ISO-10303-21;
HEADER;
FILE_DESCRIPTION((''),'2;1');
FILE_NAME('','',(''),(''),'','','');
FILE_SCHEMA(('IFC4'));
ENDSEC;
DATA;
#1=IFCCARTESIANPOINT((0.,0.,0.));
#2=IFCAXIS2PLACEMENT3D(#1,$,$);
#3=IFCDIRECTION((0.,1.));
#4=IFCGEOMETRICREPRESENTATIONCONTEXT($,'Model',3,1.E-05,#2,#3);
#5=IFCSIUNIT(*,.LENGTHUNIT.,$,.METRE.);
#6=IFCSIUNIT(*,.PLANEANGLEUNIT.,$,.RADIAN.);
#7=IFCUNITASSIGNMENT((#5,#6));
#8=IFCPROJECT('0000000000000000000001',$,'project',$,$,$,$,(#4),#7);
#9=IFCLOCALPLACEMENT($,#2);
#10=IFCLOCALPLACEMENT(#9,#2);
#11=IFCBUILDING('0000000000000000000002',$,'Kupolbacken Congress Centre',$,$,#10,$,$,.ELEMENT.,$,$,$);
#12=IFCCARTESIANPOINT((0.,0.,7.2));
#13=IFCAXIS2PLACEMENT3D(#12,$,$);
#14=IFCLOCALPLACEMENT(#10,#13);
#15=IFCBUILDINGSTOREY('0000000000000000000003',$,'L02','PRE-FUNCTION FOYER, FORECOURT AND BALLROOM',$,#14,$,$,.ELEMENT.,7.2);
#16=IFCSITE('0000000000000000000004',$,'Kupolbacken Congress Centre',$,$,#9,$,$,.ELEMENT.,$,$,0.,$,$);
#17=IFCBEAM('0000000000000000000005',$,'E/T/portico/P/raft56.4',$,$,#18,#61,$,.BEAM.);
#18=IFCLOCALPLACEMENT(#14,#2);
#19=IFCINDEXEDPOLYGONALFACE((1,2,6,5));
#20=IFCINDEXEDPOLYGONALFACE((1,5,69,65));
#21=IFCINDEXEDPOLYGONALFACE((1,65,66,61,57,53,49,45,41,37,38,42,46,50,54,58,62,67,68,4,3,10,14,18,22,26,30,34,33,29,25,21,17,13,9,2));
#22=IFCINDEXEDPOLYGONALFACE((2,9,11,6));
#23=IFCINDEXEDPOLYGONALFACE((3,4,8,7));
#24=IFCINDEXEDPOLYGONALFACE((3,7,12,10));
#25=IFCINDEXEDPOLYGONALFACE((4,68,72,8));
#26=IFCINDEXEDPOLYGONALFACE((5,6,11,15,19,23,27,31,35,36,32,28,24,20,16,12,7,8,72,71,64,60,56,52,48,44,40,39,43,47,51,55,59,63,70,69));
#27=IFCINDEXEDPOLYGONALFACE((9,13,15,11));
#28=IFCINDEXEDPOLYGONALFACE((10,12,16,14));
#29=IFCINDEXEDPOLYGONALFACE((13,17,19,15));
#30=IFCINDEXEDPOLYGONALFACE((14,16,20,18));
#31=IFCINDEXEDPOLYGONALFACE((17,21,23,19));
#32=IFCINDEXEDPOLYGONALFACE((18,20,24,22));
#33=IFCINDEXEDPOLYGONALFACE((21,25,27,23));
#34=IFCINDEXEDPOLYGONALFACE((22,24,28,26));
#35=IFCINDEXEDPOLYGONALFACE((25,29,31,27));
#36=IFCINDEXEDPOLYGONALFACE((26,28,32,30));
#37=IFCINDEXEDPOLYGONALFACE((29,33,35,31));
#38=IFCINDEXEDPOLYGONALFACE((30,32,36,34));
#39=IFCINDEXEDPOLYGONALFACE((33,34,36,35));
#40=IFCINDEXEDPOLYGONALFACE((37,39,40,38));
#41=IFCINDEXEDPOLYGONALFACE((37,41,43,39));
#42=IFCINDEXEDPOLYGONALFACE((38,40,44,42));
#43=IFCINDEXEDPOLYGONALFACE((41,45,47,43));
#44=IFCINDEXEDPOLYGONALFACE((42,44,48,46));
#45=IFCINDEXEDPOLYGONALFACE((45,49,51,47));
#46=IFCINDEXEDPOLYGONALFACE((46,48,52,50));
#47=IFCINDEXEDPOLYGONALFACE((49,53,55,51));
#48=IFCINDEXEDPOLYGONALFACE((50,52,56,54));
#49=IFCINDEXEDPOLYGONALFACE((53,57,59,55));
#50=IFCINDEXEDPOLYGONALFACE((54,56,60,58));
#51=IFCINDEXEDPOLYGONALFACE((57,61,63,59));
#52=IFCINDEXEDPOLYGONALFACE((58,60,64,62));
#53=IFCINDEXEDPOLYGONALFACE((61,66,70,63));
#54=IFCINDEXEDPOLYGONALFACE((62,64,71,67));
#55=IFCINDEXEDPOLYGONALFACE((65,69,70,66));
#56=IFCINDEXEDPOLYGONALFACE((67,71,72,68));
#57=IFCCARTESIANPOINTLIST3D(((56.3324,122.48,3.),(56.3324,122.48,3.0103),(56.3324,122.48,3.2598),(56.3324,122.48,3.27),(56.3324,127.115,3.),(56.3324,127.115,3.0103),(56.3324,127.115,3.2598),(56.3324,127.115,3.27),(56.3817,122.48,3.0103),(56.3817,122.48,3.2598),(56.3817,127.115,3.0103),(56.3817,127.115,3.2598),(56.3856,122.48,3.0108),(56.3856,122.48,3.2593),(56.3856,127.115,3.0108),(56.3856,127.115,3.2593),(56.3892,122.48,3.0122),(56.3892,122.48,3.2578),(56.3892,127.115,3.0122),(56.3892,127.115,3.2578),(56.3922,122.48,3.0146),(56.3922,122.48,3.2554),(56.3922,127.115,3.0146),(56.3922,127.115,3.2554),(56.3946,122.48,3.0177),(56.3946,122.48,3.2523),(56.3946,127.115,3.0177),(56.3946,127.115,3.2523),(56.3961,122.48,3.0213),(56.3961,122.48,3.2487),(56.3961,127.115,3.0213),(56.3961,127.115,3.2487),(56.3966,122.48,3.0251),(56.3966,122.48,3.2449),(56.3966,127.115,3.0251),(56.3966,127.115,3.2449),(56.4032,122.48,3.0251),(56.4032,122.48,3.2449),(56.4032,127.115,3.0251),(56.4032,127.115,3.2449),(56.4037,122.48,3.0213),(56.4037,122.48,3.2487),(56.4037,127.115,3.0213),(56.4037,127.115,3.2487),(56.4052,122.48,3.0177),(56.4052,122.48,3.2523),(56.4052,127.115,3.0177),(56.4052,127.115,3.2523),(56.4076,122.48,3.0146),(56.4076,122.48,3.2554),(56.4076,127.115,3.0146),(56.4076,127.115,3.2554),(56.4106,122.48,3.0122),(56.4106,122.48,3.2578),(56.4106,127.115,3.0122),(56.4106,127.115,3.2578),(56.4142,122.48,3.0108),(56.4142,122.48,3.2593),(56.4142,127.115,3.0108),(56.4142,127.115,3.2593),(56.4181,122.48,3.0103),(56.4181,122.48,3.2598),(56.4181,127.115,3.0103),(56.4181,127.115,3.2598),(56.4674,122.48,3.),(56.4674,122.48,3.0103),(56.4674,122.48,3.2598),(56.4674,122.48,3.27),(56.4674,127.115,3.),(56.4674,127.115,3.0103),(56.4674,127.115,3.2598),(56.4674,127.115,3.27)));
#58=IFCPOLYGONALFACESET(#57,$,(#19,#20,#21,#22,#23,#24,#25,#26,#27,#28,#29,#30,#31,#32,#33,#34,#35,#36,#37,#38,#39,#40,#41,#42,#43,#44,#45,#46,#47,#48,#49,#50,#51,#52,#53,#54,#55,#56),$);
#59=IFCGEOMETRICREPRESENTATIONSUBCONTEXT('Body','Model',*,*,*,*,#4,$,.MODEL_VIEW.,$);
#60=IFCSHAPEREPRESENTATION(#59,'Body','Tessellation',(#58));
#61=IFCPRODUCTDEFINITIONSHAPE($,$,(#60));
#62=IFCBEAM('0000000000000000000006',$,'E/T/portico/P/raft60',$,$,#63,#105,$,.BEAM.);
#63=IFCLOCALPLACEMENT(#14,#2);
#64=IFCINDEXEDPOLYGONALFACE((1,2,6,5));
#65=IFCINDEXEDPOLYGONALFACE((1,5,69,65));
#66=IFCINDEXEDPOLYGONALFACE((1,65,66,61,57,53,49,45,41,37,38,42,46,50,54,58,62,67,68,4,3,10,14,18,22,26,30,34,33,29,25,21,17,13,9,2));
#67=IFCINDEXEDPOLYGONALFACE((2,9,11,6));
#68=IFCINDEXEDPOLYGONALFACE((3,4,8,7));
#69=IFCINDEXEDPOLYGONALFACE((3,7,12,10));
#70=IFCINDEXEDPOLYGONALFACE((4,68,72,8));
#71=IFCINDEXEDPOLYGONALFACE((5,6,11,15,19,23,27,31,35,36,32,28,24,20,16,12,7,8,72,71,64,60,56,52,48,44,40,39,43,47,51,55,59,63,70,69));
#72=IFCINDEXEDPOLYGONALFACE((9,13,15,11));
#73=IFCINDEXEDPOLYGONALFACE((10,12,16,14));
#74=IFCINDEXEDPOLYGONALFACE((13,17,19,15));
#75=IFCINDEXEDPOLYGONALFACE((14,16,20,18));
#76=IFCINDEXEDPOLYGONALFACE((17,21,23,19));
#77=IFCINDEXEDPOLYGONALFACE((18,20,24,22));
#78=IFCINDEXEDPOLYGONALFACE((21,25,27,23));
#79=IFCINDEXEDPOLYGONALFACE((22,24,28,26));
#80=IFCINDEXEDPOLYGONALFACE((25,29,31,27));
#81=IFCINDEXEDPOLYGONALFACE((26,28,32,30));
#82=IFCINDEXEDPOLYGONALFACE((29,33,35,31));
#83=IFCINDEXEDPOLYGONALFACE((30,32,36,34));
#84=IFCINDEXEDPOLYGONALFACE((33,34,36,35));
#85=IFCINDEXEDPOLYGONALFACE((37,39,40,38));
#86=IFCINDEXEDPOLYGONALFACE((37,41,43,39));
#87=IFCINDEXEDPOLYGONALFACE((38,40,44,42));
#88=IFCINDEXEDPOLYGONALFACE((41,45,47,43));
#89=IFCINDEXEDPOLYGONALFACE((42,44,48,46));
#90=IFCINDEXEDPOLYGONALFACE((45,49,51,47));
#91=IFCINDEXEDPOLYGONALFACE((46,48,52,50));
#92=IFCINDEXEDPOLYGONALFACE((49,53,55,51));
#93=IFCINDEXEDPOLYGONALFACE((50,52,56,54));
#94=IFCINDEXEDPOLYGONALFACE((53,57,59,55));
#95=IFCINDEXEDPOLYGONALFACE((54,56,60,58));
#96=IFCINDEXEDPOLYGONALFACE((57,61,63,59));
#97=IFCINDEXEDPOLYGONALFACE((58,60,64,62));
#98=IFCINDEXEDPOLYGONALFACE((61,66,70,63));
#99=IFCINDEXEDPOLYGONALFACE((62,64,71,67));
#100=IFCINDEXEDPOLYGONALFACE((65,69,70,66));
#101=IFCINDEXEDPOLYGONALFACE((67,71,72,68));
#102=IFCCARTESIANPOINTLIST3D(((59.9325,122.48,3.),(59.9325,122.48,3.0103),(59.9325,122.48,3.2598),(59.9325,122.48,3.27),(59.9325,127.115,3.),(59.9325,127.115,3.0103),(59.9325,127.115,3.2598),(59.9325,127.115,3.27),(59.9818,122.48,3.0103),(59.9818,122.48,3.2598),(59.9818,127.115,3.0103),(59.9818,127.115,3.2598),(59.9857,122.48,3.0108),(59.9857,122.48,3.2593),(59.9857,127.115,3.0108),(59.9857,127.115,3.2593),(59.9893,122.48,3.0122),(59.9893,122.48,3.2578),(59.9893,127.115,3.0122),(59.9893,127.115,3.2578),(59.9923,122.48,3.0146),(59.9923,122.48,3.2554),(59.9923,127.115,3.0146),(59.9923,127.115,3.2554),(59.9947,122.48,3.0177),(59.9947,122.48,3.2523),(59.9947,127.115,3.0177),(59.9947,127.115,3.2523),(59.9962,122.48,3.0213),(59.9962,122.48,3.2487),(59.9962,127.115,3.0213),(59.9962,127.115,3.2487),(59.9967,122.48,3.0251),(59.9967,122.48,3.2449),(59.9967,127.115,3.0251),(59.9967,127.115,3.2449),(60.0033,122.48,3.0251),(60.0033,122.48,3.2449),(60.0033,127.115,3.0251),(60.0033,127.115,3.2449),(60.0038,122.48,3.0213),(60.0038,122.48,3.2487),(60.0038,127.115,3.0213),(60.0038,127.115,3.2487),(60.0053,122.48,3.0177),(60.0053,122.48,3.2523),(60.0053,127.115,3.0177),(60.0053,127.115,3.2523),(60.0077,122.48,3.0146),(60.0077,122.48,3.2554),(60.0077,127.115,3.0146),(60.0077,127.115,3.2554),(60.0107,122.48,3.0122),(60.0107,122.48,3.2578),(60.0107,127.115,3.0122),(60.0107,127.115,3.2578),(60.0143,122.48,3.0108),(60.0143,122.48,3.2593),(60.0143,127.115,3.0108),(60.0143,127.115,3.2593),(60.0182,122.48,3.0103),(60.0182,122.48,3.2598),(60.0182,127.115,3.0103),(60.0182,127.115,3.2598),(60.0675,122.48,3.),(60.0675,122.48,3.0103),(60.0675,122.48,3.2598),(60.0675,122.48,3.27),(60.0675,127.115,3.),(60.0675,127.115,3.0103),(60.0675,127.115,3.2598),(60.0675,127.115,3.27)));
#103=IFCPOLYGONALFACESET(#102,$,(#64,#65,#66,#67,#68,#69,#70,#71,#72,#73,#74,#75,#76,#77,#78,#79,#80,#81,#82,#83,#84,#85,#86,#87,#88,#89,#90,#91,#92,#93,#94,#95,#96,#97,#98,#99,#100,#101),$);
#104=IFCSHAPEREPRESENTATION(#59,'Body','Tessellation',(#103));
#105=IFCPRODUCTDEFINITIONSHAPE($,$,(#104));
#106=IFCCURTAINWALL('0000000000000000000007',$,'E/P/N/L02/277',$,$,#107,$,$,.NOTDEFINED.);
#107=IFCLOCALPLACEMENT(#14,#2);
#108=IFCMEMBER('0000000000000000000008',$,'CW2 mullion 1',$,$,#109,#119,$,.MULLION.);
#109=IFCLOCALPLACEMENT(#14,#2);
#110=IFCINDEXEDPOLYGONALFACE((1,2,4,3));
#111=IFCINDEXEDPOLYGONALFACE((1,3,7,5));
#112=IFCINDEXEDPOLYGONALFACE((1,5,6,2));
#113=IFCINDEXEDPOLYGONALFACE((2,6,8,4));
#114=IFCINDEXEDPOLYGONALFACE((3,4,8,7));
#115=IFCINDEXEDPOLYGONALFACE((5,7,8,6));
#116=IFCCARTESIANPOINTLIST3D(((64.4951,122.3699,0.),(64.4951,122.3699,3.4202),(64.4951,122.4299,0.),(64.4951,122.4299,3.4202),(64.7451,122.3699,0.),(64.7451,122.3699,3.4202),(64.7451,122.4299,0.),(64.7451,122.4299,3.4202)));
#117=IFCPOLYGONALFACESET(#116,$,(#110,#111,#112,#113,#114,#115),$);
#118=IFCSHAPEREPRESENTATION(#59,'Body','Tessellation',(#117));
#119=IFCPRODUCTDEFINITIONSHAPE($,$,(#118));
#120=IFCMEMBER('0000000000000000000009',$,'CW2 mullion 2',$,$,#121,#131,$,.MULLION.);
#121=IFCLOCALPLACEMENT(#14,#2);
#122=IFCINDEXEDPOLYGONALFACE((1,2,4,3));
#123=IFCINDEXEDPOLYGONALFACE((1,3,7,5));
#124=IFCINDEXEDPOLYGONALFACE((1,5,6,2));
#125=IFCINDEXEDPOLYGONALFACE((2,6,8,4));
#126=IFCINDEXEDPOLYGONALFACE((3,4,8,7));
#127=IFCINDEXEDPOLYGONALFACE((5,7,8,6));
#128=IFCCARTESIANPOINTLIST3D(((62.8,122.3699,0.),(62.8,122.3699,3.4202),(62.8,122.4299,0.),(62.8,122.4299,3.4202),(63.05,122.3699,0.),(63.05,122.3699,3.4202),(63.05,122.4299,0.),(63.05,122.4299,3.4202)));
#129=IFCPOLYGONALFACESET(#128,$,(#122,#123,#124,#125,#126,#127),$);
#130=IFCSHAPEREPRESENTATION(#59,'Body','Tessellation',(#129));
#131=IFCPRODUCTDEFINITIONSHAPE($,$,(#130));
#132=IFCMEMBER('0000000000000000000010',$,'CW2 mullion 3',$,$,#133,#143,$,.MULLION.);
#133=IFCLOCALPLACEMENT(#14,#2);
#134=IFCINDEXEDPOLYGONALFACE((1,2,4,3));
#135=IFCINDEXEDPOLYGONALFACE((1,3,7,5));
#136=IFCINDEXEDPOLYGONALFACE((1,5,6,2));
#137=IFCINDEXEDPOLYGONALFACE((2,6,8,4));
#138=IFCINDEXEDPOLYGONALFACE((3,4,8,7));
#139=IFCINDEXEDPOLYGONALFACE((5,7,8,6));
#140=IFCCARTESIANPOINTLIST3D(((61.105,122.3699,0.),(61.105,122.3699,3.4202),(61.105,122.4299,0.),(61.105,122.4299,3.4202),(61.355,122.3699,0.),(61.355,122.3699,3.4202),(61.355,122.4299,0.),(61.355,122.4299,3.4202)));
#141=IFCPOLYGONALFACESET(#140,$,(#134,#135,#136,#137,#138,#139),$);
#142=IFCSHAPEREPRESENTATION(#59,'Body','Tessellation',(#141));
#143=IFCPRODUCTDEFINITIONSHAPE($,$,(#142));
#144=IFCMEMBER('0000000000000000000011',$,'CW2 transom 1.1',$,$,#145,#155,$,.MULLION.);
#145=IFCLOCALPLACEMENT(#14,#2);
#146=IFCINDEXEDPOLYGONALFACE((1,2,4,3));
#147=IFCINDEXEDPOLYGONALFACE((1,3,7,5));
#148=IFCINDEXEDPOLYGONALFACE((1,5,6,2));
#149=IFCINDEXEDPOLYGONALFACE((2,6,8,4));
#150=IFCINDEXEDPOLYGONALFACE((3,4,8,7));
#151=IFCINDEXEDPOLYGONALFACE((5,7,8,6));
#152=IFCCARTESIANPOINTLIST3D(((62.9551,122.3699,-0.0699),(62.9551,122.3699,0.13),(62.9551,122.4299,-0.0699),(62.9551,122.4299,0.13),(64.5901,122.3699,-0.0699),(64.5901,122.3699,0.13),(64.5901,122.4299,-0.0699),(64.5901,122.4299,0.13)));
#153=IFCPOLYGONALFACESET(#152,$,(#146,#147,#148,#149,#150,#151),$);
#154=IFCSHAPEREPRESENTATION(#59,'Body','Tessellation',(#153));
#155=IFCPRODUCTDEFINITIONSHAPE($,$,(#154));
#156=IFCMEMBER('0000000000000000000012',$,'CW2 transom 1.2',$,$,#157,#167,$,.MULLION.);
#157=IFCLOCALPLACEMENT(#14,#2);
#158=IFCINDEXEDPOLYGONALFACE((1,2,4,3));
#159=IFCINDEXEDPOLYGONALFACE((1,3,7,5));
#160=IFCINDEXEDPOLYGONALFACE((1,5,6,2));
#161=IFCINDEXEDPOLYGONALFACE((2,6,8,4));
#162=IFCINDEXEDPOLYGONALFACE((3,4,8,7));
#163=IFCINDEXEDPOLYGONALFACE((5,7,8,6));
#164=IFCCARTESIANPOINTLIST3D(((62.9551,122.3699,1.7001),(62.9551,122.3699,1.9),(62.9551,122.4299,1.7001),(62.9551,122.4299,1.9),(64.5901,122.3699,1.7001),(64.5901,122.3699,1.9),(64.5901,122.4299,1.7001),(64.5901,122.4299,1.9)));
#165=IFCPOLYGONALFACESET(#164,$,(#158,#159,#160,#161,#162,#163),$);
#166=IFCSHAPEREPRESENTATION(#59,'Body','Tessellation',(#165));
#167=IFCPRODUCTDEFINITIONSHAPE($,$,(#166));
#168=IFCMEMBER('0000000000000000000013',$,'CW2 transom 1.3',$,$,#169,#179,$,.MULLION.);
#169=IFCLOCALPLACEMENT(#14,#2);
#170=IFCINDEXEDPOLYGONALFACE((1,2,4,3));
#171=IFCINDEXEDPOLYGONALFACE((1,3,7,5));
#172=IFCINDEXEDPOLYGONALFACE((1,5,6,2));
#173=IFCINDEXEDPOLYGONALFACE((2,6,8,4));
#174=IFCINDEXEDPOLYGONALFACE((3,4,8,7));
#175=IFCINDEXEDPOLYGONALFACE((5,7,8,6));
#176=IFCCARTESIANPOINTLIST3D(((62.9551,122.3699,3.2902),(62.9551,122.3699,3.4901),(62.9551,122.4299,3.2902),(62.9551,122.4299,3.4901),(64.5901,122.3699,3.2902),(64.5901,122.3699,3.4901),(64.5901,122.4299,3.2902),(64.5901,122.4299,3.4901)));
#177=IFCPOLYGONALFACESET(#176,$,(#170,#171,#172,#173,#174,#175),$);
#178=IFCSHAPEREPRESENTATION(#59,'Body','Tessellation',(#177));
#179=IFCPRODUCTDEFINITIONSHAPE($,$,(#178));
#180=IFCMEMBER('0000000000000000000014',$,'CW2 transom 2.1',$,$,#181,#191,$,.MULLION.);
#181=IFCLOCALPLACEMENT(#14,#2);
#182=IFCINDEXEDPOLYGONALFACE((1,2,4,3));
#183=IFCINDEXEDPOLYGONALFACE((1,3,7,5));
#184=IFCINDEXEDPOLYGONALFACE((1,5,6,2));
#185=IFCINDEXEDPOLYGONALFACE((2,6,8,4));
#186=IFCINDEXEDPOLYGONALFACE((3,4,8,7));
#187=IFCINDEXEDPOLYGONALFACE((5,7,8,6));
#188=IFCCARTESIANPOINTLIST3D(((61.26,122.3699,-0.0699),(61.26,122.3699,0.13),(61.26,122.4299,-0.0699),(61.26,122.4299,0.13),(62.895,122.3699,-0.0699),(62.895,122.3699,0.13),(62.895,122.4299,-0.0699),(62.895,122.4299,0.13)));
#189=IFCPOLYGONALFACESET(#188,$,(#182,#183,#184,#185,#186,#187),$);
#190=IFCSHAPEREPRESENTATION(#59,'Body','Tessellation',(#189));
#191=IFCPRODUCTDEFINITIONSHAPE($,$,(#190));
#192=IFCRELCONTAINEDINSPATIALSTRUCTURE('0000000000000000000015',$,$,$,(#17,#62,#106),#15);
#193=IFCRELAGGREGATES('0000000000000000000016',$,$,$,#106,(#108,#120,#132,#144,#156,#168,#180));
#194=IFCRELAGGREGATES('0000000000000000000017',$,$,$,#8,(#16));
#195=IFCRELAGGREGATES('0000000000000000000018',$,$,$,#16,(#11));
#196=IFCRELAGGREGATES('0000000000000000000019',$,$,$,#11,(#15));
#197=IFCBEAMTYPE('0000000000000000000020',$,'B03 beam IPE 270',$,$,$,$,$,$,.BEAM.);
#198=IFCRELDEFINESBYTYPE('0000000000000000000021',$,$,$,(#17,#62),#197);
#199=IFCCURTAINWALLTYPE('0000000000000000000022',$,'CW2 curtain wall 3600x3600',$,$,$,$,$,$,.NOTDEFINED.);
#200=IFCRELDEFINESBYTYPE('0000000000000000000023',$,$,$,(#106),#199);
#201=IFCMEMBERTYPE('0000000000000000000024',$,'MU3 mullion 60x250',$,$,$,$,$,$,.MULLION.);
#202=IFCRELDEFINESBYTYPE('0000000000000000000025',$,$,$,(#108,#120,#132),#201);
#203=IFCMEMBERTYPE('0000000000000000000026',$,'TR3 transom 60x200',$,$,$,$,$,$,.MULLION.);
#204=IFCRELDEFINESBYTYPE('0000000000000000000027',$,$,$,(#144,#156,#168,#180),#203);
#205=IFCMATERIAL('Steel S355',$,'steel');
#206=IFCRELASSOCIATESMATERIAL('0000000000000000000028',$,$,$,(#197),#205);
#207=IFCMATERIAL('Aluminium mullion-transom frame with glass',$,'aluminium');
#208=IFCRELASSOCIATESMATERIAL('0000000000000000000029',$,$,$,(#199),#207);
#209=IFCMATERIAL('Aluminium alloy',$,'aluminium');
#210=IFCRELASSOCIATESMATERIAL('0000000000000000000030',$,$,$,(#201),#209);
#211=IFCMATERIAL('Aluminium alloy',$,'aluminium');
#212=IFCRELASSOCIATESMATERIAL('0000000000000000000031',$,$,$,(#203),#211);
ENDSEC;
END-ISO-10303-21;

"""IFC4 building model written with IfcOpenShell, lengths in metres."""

from ifc_helpers import new_model, si_unit, direction, frame, origin, origin_2d, place, context, subcontext, project, spatial, rectangle, i_section, extrude, material, material_profile, profile_set, type_object, element, aggregate, save


model = new_model("IFC4")

# Units and contexts
model_context = context("Model", 3, precision=1e-05, world=origin(), true_north=direction((0.0, 1.0)))
body_context = subcontext(model_context, "Body", "Model", "MODEL_VIEW")
ifc_project = project(units=[si_unit("LENGTHUNIT", "METRE"), si_unit("PLANEANGLEUNIT", "RADIAN")], contexts=[model_context])

# Site, building, storey
site_placement = place(None, origin())
site = spatial("IfcSite", under=ifc_project, at=site_placement, Name="Kupolbacken Congress Centre", CompositionType="ELEMENT", RefElevation=0.0)
building_placement = place(site_placement, origin())
building = spatial("IfcBuilding", under=site, at=building_placement, Name="Kupolbacken Congress Centre", CompositionType="ELEMENT")
storey_placement = place(building_placement, frame((0.0, 0.0, 7.2)))
storey = spatial("IfcBuildingStorey", under=building, at=storey_placement, Name="L02", Description="PRE-FUNCTION FOYER, FORECOURT AND BALLROOM", CompositionType="ELEMENT", Elevation=7.2)

# Beams
ifc_material_1 = material(Name="Steel S355", Category="steel")
ifc_material_profile_1 = material_profile(ifc_material_1, i_section(OverallWidth=0.135, OverallDepth=0.27, WebThickness=0.0066, FlangeThickness=0.0103, FilletRadius=0.0149, at=origin_2d()), Name="IPE 270")
ifc_profile_set_1 = profile_set([ifc_material_profile_1], Name="Steel S355")
beam_type_1 = type_object("IfcBeamType", Name="B03 beam IPE 270", PredefinedType="BEAM", material=ifc_profile_set_1)
for number, where, z_axis, x_axis, name in (
    (1, (56.3999, 122.48, 3.135), (0.0, 1.0, 0.0), (-1.0, 0.0, 0.0), "E/T/portico/P/raft56.4"),
    (2, (60.0, 122.48, 3.135), (0.0, 1.0, 0.0), (-1.0, 0.0, 0.0), "E/T/portico/P/raft60"),
):
    element("IfcBeam", number, at=place(storey_placement, frame(where, z_axis=z_axis, x_axis=x_axis)), inside=storey, type_object=beam_type_1, Name=name, PredefinedType="BEAM", context=body_context, shape_type="SweptSolid", body=[
        extrude(i_section(OverallWidth=0.135, OverallDepth=0.27, WebThickness=0.0066, FlangeThickness=0.0103, FilletRadius=0.0149, at=origin_2d()), origin(), (0.0, 0.0, 1.0), 4.635),
    ])

# Curtain wall, members
ifc_material_2 = material(Name="Aluminium mullion-transom frame with glass", Category="aluminium")
curtain_wall_type = type_object("IfcCurtainWallType", Name="CW2 curtain wall 3600x3600", PredefinedType="NOTDEFINED", material=ifc_material_2)
curtain_wall_placement = place(storey_placement, origin())
curtain_wall = element("IfcCurtainWall", 3, at=curtain_wall_placement, inside=storey, type_object=curtain_wall_type, Name="E/P/N/L02/277", PredefinedType="NOTDEFINED")
ifc_material_3 = material(Name="Aluminium alloy", Category="aluminium")
ifc_material_profile_2 = material_profile(ifc_material_3, rectangle(XDim=0.0601, YDim=0.25, at=origin_2d()), Name="60 x 250")
ifc_profile_set_2 = profile_set([ifc_material_profile_2], Name="Aluminium alloy")
member_type_1 = type_object("IfcMemberType", Name="MU3 mullion 60x250", PredefinedType="MULLION", material=ifc_profile_set_2)
member_1_placement = place(storey_placement, frame((64.6201, 122.3999, 0.0), z_axis=(0.0, 0.0, 1.0), x_axis=(0.0, -1.0, 0.0)))
member_1 = element("IfcMember", 4, at=member_1_placement, type_object=member_type_1, Name="CW2 mullion 1", PredefinedType="MULLION", context=body_context, shape_type="SweptSolid", body=[
    extrude(rectangle(XDim=0.0601, YDim=0.25, at=origin_2d()), origin(), (0.0, 0.0, 1.0), 3.4202),
])
member_2_placement = place(storey_placement, frame((62.925, 122.3999, 0.0), z_axis=(0.0, 0.0, 1.0), x_axis=(0.0, -1.0, 0.0)))
member_2 = element("IfcMember", 5, at=member_2_placement, type_object=member_type_1, Name="CW2 mullion 2", PredefinedType="MULLION", context=body_context, shape_type="SweptSolid", body=[
    extrude(rectangle(XDim=0.0601, YDim=0.25, at=origin_2d()), origin(), (0.0, 0.0, 1.0), 3.4202),
])
member_3_placement = place(storey_placement, frame((61.23, 122.3999, 0.0), z_axis=(0.0, 0.0, 1.0), x_axis=(0.0, -1.0, 0.0)))
member_3 = element("IfcMember", 6, at=member_3_placement, type_object=member_type_1, Name="CW2 mullion 3", PredefinedType="MULLION", context=body_context, shape_type="SweptSolid", body=[
    extrude(rectangle(XDim=0.0601, YDim=0.25, at=origin_2d()), origin(), (0.0, 0.0, 1.0), 3.4202),
])
ifc_material_4 = material(Name="Aluminium alloy", Category="aluminium")
ifc_material_profile_3 = material_profile(ifc_material_4, rectangle(XDim=0.0601, YDim=0.2, at=origin_2d()), Name="60 x 200")
ifc_profile_set_3 = profile_set([ifc_material_profile_3], Name="Aluminium alloy")
member_type_2 = type_object("IfcMemberType", Name="TR3 transom 60x200", PredefinedType="MULLION", material=ifc_profile_set_3)
member_4_placement = place(storey_placement, frame((64.5901, 122.3999, 0.03), z_axis=(-1.0, 0.0, 0.0), x_axis=(0.0, -1.0, 0.0)))
member_4 = element("IfcMember", 7, at=member_4_placement, type_object=member_type_2, Name="CW2 transom 1.1", PredefinedType="MULLION", context=body_context, shape_type="SweptSolid", body=[
    extrude(rectangle(XDim=0.0601, YDim=0.2, at=origin_2d()), origin(), (0.0, 0.0, 1.0), 1.635),
])
member_5_placement = place(storey_placement, frame((64.5901, 122.3999, 1.8), z_axis=(-1.0, 0.0, 0.0), x_axis=(0.0, -1.0, 0.0)))
member_5 = element("IfcMember", 8, at=member_5_placement, type_object=member_type_2, Name="CW2 transom 1.2", PredefinedType="MULLION", context=body_context, shape_type="SweptSolid", body=[
    extrude(rectangle(XDim=0.0601, YDim=0.2, at=origin_2d()), origin(), (0.0, 0.0, 1.0), 1.635),
])
member_6_placement = place(storey_placement, frame((64.5901, 122.3999, 3.3901), z_axis=(-1.0, 0.0, 0.0), x_axis=(0.0, -1.0, 0.0)))
member_6 = element("IfcMember", 9, at=member_6_placement, type_object=member_type_2, Name="CW2 transom 1.3", PredefinedType="MULLION", context=body_context, shape_type="SweptSolid", body=[
    extrude(rectangle(XDim=0.0601, YDim=0.2, at=origin_2d()), origin(), (0.0, 0.0, 1.0), 1.635),
])
member_7_placement = place(storey_placement, frame((62.895, 122.3999, 0.03), z_axis=(-1.0, 0.0, 0.0), x_axis=(0.0, -1.0, 0.0)))
member_7 = element("IfcMember", 10, at=member_7_placement, type_object=member_type_2, Name="CW2 transom 2.1", PredefinedType="MULLION", context=body_context, shape_type="SweptSolid", body=[
    extrude(rectangle(XDim=0.0601, YDim=0.2, at=origin_2d()), origin(), (0.0, 0.0, 1.0), 1.635),
])
aggregate(curtain_wall, [member_1, member_2, member_3, member_4, member_5, member_6, member_7])

save(model, "model.ifc")
